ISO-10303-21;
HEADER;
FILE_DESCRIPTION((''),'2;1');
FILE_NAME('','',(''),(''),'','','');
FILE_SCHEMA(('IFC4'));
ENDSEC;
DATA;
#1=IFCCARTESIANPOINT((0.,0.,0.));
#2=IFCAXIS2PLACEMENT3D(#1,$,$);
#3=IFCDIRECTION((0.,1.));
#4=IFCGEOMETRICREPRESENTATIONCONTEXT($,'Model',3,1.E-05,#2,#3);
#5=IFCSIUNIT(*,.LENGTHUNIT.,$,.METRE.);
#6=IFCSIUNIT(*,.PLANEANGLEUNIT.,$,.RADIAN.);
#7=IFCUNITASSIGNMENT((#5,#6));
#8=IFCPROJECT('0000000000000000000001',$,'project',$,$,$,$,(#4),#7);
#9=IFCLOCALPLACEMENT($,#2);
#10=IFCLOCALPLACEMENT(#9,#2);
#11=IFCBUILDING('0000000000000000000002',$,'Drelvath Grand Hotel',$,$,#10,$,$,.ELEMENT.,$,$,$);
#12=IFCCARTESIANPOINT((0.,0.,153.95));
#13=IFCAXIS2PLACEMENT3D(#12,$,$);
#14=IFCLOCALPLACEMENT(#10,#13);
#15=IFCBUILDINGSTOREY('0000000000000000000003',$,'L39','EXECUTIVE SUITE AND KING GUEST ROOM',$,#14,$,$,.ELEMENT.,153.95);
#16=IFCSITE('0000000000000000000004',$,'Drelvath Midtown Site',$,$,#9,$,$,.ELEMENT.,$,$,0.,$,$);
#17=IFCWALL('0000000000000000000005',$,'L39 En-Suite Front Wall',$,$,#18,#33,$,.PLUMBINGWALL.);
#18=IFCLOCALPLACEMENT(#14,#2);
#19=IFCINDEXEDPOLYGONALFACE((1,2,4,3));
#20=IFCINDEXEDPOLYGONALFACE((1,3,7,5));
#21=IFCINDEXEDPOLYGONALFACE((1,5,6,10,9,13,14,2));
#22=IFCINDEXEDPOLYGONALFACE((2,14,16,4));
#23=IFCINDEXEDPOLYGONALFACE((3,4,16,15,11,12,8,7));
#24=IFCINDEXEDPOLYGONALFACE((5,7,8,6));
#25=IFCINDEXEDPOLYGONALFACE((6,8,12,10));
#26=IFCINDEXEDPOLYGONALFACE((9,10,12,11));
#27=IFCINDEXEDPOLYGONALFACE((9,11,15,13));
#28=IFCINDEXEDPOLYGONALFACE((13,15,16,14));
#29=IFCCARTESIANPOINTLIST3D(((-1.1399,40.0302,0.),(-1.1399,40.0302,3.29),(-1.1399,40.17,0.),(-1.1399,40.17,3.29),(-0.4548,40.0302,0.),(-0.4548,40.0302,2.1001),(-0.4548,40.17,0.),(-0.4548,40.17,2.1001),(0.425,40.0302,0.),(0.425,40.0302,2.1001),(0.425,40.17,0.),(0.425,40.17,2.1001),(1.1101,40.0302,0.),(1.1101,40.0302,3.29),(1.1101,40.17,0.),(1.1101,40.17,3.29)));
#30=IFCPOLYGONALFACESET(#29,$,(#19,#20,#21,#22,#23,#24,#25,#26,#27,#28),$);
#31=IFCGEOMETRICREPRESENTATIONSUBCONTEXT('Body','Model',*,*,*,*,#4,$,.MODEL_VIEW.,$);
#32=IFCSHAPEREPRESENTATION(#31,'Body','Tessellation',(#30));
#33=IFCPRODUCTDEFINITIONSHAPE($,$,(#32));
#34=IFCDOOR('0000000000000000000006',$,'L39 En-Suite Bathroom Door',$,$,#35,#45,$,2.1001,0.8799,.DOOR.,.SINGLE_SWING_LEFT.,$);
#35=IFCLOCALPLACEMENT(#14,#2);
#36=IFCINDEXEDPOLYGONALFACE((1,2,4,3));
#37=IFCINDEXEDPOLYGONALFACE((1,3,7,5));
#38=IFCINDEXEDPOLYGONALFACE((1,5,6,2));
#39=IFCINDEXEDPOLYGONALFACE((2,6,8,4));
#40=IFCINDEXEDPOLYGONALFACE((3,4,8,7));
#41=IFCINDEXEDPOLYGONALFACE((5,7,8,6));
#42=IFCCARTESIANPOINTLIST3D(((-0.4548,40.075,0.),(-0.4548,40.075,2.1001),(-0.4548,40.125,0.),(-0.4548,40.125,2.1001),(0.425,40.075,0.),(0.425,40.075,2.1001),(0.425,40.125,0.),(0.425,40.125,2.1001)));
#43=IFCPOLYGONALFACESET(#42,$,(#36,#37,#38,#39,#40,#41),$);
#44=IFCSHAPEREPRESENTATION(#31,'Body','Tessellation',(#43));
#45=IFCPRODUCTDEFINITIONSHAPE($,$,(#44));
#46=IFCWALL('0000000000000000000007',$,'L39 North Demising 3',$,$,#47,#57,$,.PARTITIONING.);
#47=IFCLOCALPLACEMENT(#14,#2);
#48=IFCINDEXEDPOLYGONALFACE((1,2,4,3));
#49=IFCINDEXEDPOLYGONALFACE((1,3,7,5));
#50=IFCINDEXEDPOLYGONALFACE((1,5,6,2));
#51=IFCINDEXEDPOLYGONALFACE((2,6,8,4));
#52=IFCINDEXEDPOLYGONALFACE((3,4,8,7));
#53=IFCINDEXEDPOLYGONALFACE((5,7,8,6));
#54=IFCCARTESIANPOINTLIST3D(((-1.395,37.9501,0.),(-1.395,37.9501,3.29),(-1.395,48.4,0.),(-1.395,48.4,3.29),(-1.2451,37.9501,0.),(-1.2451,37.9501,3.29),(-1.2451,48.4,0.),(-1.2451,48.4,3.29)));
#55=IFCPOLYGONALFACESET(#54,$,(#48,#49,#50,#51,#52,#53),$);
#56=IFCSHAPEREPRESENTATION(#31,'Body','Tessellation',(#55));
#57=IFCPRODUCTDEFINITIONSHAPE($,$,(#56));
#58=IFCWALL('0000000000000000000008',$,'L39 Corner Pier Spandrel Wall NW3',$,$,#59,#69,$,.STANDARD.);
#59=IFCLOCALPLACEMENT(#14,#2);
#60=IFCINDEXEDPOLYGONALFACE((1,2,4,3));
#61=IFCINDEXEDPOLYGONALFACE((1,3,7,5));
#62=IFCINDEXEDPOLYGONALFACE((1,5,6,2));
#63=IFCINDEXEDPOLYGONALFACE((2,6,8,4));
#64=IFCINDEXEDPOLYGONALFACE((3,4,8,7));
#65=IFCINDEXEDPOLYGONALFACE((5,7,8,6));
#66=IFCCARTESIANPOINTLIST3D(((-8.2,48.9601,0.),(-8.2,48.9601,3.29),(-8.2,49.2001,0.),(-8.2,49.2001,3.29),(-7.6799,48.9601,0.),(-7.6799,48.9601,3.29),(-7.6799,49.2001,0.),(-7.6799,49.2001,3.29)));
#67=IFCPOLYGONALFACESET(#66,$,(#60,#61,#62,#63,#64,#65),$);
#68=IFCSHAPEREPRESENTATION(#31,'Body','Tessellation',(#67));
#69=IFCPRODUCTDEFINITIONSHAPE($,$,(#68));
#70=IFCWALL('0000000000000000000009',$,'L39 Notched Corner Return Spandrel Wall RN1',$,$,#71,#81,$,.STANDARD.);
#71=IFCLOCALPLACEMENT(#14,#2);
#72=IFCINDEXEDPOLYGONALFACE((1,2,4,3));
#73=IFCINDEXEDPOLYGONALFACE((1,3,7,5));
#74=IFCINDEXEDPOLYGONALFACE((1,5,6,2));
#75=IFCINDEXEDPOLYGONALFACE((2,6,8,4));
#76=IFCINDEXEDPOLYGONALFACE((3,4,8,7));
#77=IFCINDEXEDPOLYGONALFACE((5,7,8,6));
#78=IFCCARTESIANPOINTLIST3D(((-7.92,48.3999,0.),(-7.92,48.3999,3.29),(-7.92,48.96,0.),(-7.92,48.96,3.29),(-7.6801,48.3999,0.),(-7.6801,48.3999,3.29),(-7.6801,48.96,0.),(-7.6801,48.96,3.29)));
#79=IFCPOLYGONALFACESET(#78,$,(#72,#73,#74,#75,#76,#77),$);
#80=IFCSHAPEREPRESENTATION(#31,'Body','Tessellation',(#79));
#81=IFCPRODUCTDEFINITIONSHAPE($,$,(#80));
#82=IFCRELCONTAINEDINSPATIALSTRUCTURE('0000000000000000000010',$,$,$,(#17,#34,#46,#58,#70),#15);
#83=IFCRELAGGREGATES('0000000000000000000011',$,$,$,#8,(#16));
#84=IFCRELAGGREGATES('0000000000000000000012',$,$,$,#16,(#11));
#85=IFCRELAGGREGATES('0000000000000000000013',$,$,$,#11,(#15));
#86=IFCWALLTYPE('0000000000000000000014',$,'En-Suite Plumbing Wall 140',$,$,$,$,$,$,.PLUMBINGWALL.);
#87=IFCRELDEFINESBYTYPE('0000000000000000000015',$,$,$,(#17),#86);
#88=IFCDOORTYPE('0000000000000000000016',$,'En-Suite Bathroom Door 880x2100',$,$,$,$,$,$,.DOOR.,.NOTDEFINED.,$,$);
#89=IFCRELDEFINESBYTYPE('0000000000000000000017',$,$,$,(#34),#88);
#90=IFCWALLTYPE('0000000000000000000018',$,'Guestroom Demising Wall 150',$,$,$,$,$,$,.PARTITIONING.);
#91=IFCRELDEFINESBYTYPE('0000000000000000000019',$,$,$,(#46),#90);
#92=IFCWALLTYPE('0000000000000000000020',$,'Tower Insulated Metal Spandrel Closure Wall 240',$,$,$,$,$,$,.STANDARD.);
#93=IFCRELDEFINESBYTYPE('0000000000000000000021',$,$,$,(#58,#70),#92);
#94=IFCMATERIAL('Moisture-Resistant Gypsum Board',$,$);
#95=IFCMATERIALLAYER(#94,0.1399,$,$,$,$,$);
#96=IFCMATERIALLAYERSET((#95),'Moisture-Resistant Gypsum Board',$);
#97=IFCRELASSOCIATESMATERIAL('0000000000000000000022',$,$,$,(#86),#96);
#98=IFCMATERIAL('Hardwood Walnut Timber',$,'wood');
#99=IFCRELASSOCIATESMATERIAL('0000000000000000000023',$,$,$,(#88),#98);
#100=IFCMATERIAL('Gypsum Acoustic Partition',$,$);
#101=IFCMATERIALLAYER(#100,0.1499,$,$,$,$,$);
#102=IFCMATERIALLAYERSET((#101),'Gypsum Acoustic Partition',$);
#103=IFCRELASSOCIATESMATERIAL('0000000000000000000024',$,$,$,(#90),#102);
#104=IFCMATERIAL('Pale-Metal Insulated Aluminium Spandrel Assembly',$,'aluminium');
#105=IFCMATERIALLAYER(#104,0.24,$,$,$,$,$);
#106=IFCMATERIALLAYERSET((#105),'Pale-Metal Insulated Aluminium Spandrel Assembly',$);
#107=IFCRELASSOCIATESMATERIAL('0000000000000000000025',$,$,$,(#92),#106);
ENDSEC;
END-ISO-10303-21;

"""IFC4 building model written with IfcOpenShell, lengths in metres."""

from ifc_helpers import new_model, si_unit, direction, frame, frame_2d, origin, place, context, subcontext, project, spatial, rectangle, extrude, material, layer, layer_set, type_object, element, fill, save


model = new_model("IFC4")

# Units and contexts
model_context = context("Model", 3, precision=1e-05, world=origin(), true_north=direction((0.0, 1.0)))
body_context = subcontext(model_context, "Body", "Model", "MODEL_VIEW")
ifc_project = project(units=[si_unit("LENGTHUNIT", "METRE"), si_unit("PLANEANGLEUNIT", "RADIAN")], contexts=[model_context])

# Site, building, storey
site_placement = place(None, origin())
site = spatial("IfcSite", under=ifc_project, at=site_placement, Name="Drelvath Midtown Site", CompositionType="ELEMENT", RefElevation=0.0)
building_placement = place(site_placement, origin())
building = spatial("IfcBuilding", under=site, at=building_placement, Name="Drelvath Grand Hotel", CompositionType="ELEMENT")
storey_placement = place(building_placement, frame((0.0, 0.0, 153.95)))
storey = spatial("IfcBuildingStorey", under=building, at=storey_placement, Name="L39", Description="EXECUTIVE SUITE AND KING GUEST ROOM", CompositionType="ELEMENT", Elevation=153.95)

# Shared definitions
ifc_material_1 = material(Name="Moisture-Resistant Gypsum Board")
ifc_layer_1 = layer(ifc_material_1, 0.1399)
ifc_layer_set_1 = layer_set([ifc_layer_1], Name="Moisture-Resistant Gypsum Board")
wall_type_1 = type_object("IfcWallType", Name="En-Suite Plumbing Wall 140", PredefinedType="PLUMBINGWALL", material=ifc_layer_set_1)
ifc_material_2 = material(Name="Hardwood Walnut Timber", Category="wood")
door_type = type_object("IfcDoorType", Name="En-Suite Bathroom Door 880x2100", OperationType="NOTDEFINED", PredefinedType="DOOR", material=ifc_material_2)

# Wall, opening, door
wall_1_placement = place(storey_placement, frame((-1.1399, 40.1001, 0.0), z_axis=(0.0, 0.0, 1.0), x_axis=(1.0, 0.0, 0.0)))
wall_1 = element("IfcWall", 1, at=wall_1_placement, inside=storey, type_object=wall_type_1, Name="L39 En-Suite Front Wall", PredefinedType="PLUMBINGWALL", context=body_context, shape_type="SweptSolid", body=[
    extrude(rectangle(XDim=2.25, YDim=0.1399, at=frame_2d((1.125, 0.0))), origin(), (0.0, 0.0, 1.0), 3.29),
])
opening_1_placement = place(wall_1_placement, frame((0.6851, 0.0, 0.0)))
opening_1 = element("IfcOpeningElement", 2, at=opening_1_placement, cuts=wall_1, PredefinedType="OPENING", context=body_context, shape_type="SweptSolid", body=[
    extrude(rectangle(XDim=0.8799, YDim=2.1001, at=frame_2d((0.4399, 1.05))), frame((0.0, 0.0798, 0.0), z_axis=(0.0, -1.0, 0.0), x_axis=(1.0, 0.0, 0.0)), (0.0, 0.0, 1.0), 0.1599),
])
door_1_placement = place(opening_1_placement, origin())
door_1 = element("IfcDoor", 3, at=door_1_placement, inside=storey, type_object=door_type, Name="L39 En-Suite Bathroom Door", OperationType="SINGLE_SWING_LEFT", OverallHeight=2.1001, OverallWidth=0.8799, PredefinedType="DOOR", context=body_context, shape_type="SweptSolid", body=[
    extrude(rectangle(XDim=0.8799, YDim=2.1001, at=frame_2d((0.4399, 1.05))), frame((0.0, 0.0249, 0.0), z_axis=(0.0, -1.0, 0.0), x_axis=(1.0, 0.0, 0.0)), (0.0, 0.0, 1.0), 0.05),
])
fill(opening_1, door_1)

# Walls
ifc_material_3 = material(Name="Gypsum Acoustic Partition")
ifc_layer_2 = layer(ifc_material_3, 0.1499)
ifc_layer_set_2 = layer_set([ifc_layer_2], Name="Gypsum Acoustic Partition")
wall_type_2 = type_object("IfcWallType", Name="Guestroom Demising Wall 150", PredefinedType="PARTITIONING", material=ifc_layer_set_2)
wall_2_placement = place(storey_placement, frame((-1.3201, 37.95, 0.0), z_axis=(0.0, 0.0, 1.0), x_axis=(0.0, 1.0, 0.0)))
element("IfcWall", 4, at=wall_2_placement, inside=storey, type_object=wall_type_2, Name="L39 North Demising 3", PredefinedType="PARTITIONING", context=body_context, shape_type="SweptSolid", body=[
    extrude(rectangle(XDim=10.45, YDim=0.1499, at=frame_2d((5.2251, 0.0))), origin(), (0.0, 0.0, 1.0), 3.29),
])
ifc_material_4 = material(Name="Pale-Metal Insulated Aluminium Spandrel Assembly", Category="aluminium")
ifc_layer_3 = layer(ifc_material_4, 0.24)
ifc_layer_set_3 = layer_set([ifc_layer_3], Name="Pale-Metal Insulated Aluminium Spandrel Assembly")
wall_type_3 = type_object("IfcWallType", Name="Tower Insulated Metal Spandrel Closure Wall 240", PredefinedType="STANDARD", material=ifc_layer_set_3)
wall_3_placement = place(storey_placement, frame((-8.2, 49.0801, 0.0), z_axis=(0.0, 0.0, 1.0), x_axis=(1.0, 0.0, 0.0)))
element("IfcWall", 5, at=wall_3_placement, inside=storey, type_object=wall_type_3, Name="L39 Corner Pier Spandrel Wall NW3", PredefinedType="STANDARD", context=body_context, shape_type="SweptSolid", body=[
    extrude(rectangle(XDim=0.52, YDim=0.24, at=frame_2d((0.26, 0.0))), origin(), (0.0, 0.0, 1.0), 3.29),
])
wall_4_placement = place(storey_placement, frame((-7.8, 48.96, 0.0), z_axis=(0.0, 0.0, 1.0), x_axis=(0.0, -1.0, 0.0)))
element("IfcWall", 6, at=wall_4_placement, inside=storey, type_object=wall_type_3, Name="L39 Notched Corner Return Spandrel Wall RN1", PredefinedType="STANDARD", context=body_context, shape_type="SweptSolid", body=[
    extrude(rectangle(XDim=0.5601, YDim=0.24, at=frame_2d((0.28, 0.0))), origin(), (0.0, 0.0, 1.0), 3.29),
])

save(model, "model.ifc")
